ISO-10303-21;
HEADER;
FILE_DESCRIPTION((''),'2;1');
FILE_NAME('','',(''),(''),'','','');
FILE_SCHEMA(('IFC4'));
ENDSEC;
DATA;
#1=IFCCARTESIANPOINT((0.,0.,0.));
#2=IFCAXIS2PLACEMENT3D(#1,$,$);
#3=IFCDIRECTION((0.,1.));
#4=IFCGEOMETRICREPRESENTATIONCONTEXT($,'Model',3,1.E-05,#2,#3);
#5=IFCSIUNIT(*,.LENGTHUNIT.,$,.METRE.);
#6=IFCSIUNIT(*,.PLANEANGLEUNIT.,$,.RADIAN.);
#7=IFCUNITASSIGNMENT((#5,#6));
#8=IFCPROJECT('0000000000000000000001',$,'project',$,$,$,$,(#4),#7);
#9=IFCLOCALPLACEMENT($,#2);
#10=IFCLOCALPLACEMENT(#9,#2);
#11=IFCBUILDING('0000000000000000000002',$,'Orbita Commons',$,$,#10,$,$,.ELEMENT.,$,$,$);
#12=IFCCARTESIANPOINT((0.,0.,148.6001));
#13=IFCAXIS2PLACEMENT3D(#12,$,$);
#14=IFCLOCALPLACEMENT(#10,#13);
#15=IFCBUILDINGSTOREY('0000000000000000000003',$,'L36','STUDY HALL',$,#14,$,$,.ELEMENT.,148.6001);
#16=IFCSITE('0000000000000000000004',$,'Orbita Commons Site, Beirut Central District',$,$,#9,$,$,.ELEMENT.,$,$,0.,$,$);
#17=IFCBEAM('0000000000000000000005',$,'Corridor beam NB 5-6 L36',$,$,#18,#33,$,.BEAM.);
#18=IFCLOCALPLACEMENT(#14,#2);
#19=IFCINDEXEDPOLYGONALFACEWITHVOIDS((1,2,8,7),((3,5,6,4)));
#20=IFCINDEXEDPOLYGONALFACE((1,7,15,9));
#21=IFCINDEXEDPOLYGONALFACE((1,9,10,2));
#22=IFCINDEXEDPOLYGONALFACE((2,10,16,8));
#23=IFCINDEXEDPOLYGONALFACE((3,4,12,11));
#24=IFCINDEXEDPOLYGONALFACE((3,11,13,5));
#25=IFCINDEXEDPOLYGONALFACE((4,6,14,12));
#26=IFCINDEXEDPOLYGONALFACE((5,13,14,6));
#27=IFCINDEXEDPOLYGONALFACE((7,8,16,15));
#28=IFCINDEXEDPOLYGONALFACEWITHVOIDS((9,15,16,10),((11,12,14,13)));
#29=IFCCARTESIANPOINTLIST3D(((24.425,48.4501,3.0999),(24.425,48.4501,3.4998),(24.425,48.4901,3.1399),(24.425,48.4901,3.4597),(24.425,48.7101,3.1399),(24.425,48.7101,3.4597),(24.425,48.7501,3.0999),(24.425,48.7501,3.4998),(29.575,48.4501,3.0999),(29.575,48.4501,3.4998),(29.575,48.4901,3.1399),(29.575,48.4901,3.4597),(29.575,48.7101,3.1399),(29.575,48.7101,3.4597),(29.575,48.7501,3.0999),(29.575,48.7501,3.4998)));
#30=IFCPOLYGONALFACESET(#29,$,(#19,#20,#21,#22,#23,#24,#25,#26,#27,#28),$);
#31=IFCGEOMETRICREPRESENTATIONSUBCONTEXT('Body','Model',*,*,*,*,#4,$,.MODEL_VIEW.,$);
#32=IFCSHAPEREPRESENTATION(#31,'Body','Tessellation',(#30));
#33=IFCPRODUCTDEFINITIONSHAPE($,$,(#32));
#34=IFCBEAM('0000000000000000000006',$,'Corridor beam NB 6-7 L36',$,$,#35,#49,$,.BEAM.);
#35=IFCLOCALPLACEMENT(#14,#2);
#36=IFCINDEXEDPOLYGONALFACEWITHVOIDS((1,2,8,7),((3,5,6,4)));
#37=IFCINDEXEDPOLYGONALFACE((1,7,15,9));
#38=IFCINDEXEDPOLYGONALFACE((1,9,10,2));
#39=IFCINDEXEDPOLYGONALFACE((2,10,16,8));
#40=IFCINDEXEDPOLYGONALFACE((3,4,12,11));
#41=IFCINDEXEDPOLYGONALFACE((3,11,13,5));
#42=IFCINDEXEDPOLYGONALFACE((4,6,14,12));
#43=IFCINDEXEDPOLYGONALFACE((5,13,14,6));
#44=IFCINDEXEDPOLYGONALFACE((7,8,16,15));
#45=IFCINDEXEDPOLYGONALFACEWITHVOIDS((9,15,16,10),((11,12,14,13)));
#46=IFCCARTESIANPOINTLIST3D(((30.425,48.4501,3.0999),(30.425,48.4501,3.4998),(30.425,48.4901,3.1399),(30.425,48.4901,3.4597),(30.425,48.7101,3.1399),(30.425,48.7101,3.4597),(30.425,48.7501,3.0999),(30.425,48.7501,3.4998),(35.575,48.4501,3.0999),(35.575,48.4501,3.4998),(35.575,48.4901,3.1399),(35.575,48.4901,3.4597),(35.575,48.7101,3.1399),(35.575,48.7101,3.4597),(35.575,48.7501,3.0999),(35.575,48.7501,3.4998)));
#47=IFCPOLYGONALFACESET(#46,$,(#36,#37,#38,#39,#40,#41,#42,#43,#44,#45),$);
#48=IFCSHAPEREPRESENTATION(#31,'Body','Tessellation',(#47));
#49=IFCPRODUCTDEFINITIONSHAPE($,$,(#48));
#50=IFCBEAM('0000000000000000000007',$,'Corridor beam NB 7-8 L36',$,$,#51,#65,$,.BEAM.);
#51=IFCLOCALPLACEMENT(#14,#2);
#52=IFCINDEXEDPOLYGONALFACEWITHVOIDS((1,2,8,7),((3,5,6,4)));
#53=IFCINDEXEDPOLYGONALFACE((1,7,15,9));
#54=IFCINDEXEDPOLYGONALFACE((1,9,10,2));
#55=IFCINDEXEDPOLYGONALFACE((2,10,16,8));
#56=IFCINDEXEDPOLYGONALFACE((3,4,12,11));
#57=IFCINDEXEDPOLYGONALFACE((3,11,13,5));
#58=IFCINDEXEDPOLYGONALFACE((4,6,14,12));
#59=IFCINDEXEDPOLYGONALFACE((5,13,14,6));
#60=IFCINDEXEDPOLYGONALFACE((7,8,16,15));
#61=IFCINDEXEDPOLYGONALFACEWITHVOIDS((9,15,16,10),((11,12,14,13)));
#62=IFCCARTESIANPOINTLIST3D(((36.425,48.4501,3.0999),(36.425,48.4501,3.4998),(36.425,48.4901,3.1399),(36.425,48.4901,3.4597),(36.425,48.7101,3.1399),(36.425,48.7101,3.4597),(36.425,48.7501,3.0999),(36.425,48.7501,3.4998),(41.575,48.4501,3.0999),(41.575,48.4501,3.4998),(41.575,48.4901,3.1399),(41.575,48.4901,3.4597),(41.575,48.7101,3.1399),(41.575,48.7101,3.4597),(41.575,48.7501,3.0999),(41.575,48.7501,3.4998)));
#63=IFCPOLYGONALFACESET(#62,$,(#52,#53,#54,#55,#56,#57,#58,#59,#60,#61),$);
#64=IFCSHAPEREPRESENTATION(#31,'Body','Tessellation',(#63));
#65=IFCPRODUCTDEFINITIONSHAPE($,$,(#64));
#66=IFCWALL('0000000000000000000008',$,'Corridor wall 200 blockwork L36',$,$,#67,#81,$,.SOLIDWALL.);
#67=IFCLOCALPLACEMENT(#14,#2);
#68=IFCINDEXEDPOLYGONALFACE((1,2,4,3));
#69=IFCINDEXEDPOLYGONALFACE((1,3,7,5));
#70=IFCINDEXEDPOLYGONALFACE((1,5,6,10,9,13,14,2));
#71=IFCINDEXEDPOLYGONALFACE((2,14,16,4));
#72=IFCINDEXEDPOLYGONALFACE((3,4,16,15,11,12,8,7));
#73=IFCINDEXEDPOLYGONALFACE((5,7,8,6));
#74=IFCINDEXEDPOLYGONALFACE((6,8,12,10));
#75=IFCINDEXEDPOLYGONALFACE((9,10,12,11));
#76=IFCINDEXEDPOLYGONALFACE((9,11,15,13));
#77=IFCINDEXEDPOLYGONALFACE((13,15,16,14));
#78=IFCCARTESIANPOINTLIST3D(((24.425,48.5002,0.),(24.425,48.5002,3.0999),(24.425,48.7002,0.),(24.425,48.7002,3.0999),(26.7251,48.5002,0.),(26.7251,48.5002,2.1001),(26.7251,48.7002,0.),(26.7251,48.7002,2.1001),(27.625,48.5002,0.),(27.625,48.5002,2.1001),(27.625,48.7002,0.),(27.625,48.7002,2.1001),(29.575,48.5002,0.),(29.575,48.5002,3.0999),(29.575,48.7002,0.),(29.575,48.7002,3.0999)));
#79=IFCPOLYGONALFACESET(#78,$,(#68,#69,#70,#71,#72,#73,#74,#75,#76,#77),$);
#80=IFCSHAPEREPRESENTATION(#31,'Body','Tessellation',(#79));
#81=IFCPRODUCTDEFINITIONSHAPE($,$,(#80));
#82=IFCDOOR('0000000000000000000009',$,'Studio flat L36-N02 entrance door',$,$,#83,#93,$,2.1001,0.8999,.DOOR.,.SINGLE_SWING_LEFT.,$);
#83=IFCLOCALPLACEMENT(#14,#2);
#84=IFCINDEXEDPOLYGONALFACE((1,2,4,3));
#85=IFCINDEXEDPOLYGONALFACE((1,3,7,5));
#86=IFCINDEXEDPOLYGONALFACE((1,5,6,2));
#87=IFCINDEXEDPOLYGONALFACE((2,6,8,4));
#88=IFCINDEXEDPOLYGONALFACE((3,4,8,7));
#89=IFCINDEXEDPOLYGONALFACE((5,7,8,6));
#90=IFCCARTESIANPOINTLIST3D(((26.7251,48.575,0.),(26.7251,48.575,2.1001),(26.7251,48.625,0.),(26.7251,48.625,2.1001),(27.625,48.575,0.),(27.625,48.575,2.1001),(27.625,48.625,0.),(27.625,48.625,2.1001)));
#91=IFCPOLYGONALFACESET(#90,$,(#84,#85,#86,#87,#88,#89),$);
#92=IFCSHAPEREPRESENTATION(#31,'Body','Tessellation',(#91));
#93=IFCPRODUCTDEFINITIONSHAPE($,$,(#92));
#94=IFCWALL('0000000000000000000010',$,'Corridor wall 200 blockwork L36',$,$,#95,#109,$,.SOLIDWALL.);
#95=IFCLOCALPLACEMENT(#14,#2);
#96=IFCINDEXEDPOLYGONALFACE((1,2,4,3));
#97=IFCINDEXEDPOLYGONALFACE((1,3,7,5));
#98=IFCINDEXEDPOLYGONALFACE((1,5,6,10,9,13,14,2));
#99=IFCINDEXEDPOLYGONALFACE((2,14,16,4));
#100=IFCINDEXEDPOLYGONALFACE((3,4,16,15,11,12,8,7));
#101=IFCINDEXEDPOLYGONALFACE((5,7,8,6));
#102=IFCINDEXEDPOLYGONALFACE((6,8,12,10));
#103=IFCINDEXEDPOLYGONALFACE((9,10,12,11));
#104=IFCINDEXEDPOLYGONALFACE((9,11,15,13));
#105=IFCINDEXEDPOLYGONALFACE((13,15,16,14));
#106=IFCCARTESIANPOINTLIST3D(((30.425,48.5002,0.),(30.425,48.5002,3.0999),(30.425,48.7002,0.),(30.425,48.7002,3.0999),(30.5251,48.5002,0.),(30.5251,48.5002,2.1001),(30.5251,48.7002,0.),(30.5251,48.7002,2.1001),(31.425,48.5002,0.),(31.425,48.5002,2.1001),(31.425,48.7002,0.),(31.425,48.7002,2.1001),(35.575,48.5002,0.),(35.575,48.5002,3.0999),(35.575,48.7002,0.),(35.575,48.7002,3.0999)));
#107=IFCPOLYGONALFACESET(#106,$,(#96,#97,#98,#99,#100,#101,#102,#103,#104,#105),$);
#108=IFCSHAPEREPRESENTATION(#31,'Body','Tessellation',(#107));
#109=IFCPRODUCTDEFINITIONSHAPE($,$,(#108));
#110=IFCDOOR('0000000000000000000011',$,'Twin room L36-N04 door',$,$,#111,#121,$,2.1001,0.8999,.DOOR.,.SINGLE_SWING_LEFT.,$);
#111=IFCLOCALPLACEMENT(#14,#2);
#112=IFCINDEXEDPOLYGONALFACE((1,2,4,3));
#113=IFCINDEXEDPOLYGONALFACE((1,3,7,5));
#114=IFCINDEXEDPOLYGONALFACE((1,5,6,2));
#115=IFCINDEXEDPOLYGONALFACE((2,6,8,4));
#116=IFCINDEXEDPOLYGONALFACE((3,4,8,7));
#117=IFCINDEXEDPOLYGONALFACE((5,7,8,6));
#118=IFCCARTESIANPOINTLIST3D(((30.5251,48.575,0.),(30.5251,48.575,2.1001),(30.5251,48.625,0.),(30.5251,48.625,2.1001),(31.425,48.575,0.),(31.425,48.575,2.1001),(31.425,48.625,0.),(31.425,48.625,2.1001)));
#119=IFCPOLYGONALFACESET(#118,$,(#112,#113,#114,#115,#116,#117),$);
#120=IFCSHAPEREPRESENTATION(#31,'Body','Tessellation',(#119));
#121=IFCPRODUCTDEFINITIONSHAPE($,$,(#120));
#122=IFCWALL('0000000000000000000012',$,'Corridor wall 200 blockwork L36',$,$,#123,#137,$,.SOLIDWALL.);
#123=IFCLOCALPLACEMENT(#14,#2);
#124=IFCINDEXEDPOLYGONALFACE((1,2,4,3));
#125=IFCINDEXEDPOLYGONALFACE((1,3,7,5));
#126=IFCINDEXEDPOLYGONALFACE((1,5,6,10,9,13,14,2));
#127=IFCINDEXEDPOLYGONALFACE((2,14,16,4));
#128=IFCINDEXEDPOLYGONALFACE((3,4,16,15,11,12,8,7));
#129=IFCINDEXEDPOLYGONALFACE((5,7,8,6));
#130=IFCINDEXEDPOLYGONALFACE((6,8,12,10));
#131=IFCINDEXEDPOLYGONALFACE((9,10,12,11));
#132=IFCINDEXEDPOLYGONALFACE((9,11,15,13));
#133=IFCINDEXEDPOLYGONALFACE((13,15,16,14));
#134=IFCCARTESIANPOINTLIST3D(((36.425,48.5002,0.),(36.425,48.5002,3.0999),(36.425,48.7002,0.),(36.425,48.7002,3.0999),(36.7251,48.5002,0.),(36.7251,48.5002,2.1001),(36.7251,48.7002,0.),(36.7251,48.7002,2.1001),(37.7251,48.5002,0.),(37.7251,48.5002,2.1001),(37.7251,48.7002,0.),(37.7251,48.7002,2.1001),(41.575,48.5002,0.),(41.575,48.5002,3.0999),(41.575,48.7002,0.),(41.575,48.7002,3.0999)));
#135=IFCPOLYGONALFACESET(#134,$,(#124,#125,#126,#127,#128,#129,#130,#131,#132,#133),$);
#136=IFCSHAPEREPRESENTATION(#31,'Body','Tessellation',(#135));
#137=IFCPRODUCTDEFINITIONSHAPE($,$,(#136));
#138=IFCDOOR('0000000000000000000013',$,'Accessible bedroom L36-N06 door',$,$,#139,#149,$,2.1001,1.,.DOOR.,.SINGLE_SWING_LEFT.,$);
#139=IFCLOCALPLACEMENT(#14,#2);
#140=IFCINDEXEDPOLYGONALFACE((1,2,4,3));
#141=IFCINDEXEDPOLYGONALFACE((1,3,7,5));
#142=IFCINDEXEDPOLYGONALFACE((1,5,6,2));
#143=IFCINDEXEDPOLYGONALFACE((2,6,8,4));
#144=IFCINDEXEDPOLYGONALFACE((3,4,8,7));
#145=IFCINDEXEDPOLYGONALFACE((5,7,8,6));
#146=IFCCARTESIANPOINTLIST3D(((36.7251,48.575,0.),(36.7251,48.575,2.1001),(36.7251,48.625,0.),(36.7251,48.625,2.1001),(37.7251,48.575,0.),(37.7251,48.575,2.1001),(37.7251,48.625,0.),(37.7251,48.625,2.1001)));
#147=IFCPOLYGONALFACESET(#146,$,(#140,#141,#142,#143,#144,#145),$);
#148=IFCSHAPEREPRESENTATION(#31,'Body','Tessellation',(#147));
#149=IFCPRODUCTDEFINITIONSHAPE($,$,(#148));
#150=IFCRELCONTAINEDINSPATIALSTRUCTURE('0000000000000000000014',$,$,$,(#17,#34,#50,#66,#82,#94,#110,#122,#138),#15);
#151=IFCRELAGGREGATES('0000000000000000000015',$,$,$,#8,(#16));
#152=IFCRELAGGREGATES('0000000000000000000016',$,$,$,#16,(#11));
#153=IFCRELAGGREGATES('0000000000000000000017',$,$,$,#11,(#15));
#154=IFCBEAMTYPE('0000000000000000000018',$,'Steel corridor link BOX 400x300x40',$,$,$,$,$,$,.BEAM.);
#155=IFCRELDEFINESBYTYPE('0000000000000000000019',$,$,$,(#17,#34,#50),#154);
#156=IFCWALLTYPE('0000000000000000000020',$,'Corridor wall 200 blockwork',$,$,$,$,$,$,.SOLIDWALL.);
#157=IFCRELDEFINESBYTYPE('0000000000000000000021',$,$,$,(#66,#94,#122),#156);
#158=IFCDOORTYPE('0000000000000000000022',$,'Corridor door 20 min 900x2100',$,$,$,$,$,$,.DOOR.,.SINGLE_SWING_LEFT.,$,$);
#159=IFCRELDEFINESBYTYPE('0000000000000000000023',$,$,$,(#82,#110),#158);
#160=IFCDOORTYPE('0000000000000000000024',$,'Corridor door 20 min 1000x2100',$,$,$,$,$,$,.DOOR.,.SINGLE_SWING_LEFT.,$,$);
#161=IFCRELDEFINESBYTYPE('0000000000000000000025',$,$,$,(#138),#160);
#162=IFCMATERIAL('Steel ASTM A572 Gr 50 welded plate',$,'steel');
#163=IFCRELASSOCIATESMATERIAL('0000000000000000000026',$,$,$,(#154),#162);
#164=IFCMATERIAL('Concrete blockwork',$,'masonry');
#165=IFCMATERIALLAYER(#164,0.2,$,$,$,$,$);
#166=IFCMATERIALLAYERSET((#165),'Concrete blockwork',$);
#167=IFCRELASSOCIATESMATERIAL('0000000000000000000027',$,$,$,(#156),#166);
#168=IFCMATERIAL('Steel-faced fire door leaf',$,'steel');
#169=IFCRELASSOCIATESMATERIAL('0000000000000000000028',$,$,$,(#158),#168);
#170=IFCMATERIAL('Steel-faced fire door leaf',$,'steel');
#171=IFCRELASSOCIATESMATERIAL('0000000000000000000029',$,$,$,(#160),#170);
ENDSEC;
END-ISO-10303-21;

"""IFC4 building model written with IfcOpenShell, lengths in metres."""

from ifc_helpers import new_model, si_unit, direction, frame, frame_2d, origin, origin_2d, place, context, subcontext, project, spatial, polyline, rectangle, hollow_rectangle, outline, extrude, material, layer, layer_set, material_profile, profile_set, type_object, element, fill, save


model = new_model("IFC4")

# Units and contexts
model_context = context("Model", 3, precision=1e-05, world=origin(), true_north=direction((0.0, 1.0)))
body_context = subcontext(model_context, "Body", "Model", "MODEL_VIEW")
ifc_project = project(units=[si_unit("LENGTHUNIT", "METRE"), si_unit("PLANEANGLEUNIT", "RADIAN")], contexts=[model_context])

# Site, building, storey
site_placement = place(None, origin())
site = spatial("IfcSite", under=ifc_project, at=site_placement, Name="Orbita Commons Site, Beirut Central District", CompositionType="ELEMENT", RefElevation=0.0)
building_placement = place(site_placement, origin())
building = spatial("IfcBuilding", under=site, at=building_placement, Name="Orbita Commons", CompositionType="ELEMENT")
storey_placement = place(building_placement, frame((0.0, 0.0, 148.6001)))
storey = spatial("IfcBuildingStorey", under=building, at=storey_placement, Name="L36", Description="STUDY HALL", CompositionType="ELEMENT", Elevation=148.6001)

# Beams
ifc_material_1 = material(Name="Steel ASTM A572 Gr 50 welded plate", Category="steel")
ifc_material_profile = material_profile(ifc_material_1, hollow_rectangle(XDim=0.3, YDim=0.3999, WallThickness=0.04, at=origin_2d()), Name="BOX 400x300x40")
ifc_profile_set = profile_set([ifc_material_profile], Name="Steel ASTM A572 Gr 50 welded plate")
beam_type = type_object("IfcBeamType", Name="Steel corridor link BOX 400x300x40", PredefinedType="BEAM", material=ifc_profile_set)
for number, where, z_axis, x_axis, name in (
    (1, (24.425, 48.6001, 3.2998), (1.0, 0.0, 0.0), (0.0, 1.0, 0.0), "Corridor beam NB 5-6 L36"),
    (2, (30.425, 48.6001, 3.2998), (1.0, 0.0, 0.0), (0.0, 1.0, 0.0), "Corridor beam NB 6-7 L36"),
    (3, (36.425, 48.6001, 3.2998), (1.0, 0.0, 0.0), (0.0, 1.0, 0.0), "Corridor beam NB 7-8 L36"),
):
    element("IfcBeam", number, at=place(storey_placement, frame(where, z_axis=z_axis, x_axis=x_axis)), inside=storey, type_object=beam_type, Name=name, PredefinedType="BEAM", context=body_context, shape_type="SweptSolid", body=[
        extrude(hollow_rectangle(XDim=0.3, YDim=0.3999, WallThickness=0.04, at=origin_2d()), origin(), (0.0, 0.0, 1.0), 5.1499),
    ])

# Walls, openings, doors
ifc_material_2 = material(Name="Concrete blockwork", Category="masonry")
ifc_layer_1 = layer(ifc_material_2, 0.2)
ifc_layer_set_1 = layer_set([ifc_layer_1], Name="Concrete blockwork")
wall_type_1 = type_object("IfcWallType", Name="Corridor wall 200 blockwork", PredefinedType="SOLIDWALL", material=ifc_layer_set_1)
wall_1_placement = place(storey_placement, frame((24.425, 48.6001, 0.0), z_axis=(0.0, 0.0, 1.0), x_axis=(1.0, 0.0, 0.0)))
wall_1 = element("IfcWall", 4, at=wall_1_placement, inside=storey, type_object=wall_type_1, Name="Corridor wall 200 blockwork L36", PredefinedType="SOLIDWALL", context=body_context, shape_type="SweptSolid", body=[
    extrude(outline(polyline([(0.0, 0.0), (5.1499, 0.0), (5.1499, 3.0999), (0.0, 3.0999), (0.0, 0.0)])), frame((0.0, 0.1001, 0.0), z_axis=(0.0, -1.0, 0.0), x_axis=(1.0, 0.0, 0.0)), (0.0, 0.0, 1.0), 0.2),
])
opening_1_placement = place(wall_1_placement, frame((2.3, 0.0, 0.0)))
opening_1 = element("IfcOpeningElement", 5, at=opening_1_placement, cuts=wall_1, PredefinedType="OPENING", context=body_context, shape_type="SweptSolid", body=[
    extrude(rectangle(XDim=0.8999, YDim=2.1001, at=frame_2d((0.45, 1.05))), frame((0.0, 0.1099, 0.0), z_axis=(0.0, -1.0, 0.0), x_axis=(1.0, 0.0, 0.0)), (0.0, 0.0, 1.0), 0.22),
])
ifc_material_3 = material(Name="Steel-faced fire door leaf", Category="steel")
door_type_1 = type_object("IfcDoorType", Name="Corridor door 20 min 900x2100", OperationType="SINGLE_SWING_LEFT", PredefinedType="DOOR", material=ifc_material_3)
door_1_placement = place(opening_1_placement, origin())
door_1 = element("IfcDoor", 6, at=door_1_placement, inside=storey, type_object=door_type_1, Name="Studio flat L36-N02 entrance door", OperationType="SINGLE_SWING_LEFT", OverallHeight=2.1001, OverallWidth=0.8999, PredefinedType="DOOR", context=body_context, shape_type="SweptSolid", body=[
    extrude(rectangle(XDim=0.8999, YDim=2.1001, at=frame_2d((0.45, 1.05))), frame((0.0, 0.0249, 0.0), z_axis=(0.0, -1.0, 0.0), x_axis=(1.0, 0.0, 0.0)), (0.0, 0.0, 1.0), 0.05),
])
fill(opening_1, door_1)
wall_2_placement = place(storey_placement, frame((30.425, 48.6001, 0.0), z_axis=(0.0, 0.0, 1.0), x_axis=(1.0, 0.0, 0.0)))
wall_2 = element("IfcWall", 7, at=wall_2_placement, inside=storey, type_object=wall_type_1, Name="Corridor wall 200 blockwork L36", PredefinedType="SOLIDWALL", context=body_context, shape_type="SweptSolid", body=[
    extrude(outline(polyline([(0.0, 0.0), (5.1499, 0.0), (5.1499, 3.0999), (0.0, 3.0999), (0.0, 0.0)])), frame((0.0, 0.1001, 0.0), z_axis=(0.0, -1.0, 0.0), x_axis=(1.0, 0.0, 0.0)), (0.0, 0.0, 1.0), 0.2),
])
opening_2_placement = place(wall_2_placement, frame((0.1001, 0.0, 0.0)))
opening_2 = element("IfcOpeningElement", 8, at=opening_2_placement, cuts=wall_2, PredefinedType="OPENING", context=body_context, shape_type="SweptSolid", body=[
    extrude(rectangle(XDim=0.8999, YDim=2.1001, at=frame_2d((0.45, 1.05))), frame((0.0, 0.1099, 0.0), z_axis=(0.0, -1.0, 0.0), x_axis=(1.0, 0.0, 0.0)), (0.0, 0.0, 1.0), 0.22),
])
door_2_placement = place(opening_2_placement, origin())
door_2 = element("IfcDoor", 9, at=door_2_placement, inside=storey, type_object=door_type_1, Name="Twin room L36-N04 door", OperationType="SINGLE_SWING_LEFT", OverallHeight=2.1001, OverallWidth=0.8999, PredefinedType="DOOR", context=body_context, shape_type="SweptSolid", body=[
    extrude(rectangle(XDim=0.8999, YDim=2.1001, at=frame_2d((0.45, 1.05))), frame((0.0, 0.0249, 0.0), z_axis=(0.0, -1.0, 0.0), x_axis=(1.0, 0.0, 0.0)), (0.0, 0.0, 1.0), 0.05),
])
fill(opening_2, door_2)
wall_3_placement = place(storey_placement, frame((36.425, 48.6001, 0.0), z_axis=(0.0, 0.0, 1.0), x_axis=(1.0, 0.0, 0.0)))
wall_3 = element("IfcWall", 10, at=wall_3_placement, inside=storey, type_object=wall_type_1, Name="Corridor wall 200 blockwork L36", PredefinedType="SOLIDWALL", context=body_context, shape_type="SweptSolid", body=[
    extrude(outline(polyline([(0.0, 0.0), (5.1499, 0.0), (5.1499, 3.0999), (0.0, 3.0999), (0.0, 0.0)])), frame((0.0, 0.1001, 0.0), z_axis=(0.0, -1.0, 0.0), x_axis=(1.0, 0.0, 0.0)), (0.0, 0.0, 1.0), 0.2),
])
opening_3_placement = place(wall_3_placement, frame((0.3, 0.0, 0.0)))
opening_3 = element("IfcOpeningElement", 11, at=opening_3_placement, cuts=wall_3, PredefinedType="OPENING", context=body_context, shape_type="SweptSolid", body=[
    extrude(rectangle(XDim=1.0, YDim=2.1001, at=frame_2d((0.5, 1.05))), frame((0.0, 0.1099, 0.0), z_axis=(0.0, -1.0, 0.0), x_axis=(1.0, 0.0, 0.0)), (0.0, 0.0, 1.0), 0.22),
])
ifc_material_4 = material(Name="Steel-faced fire door leaf", Category="steel")
door_type_2 = type_object("IfcDoorType", Name="Corridor door 20 min 1000x2100", OperationType="SINGLE_SWING_LEFT", PredefinedType="DOOR", material=ifc_material_4)
door_3_placement = place(opening_3_placement, origin())
door_3 = element("IfcDoor", 12, at=door_3_placement, inside=storey, type_object=door_type_2, Name="Accessible bedroom L36-N06 door", OperationType="SINGLE_SWING_LEFT", OverallHeight=2.1001, OverallWidth=1.0, PredefinedType="DOOR", context=body_context, shape_type="SweptSolid", body=[
    extrude(rectangle(XDim=1.0, YDim=2.1001, at=frame_2d((0.5, 1.05))), frame((0.0, 0.0249, 0.0), z_axis=(0.0, -1.0, 0.0), x_axis=(1.0, 0.0, 0.0)), (0.0, 0.0, 1.0), 0.05),
])
fill(opening_3, door_3)

save(model, "model.ifc")
